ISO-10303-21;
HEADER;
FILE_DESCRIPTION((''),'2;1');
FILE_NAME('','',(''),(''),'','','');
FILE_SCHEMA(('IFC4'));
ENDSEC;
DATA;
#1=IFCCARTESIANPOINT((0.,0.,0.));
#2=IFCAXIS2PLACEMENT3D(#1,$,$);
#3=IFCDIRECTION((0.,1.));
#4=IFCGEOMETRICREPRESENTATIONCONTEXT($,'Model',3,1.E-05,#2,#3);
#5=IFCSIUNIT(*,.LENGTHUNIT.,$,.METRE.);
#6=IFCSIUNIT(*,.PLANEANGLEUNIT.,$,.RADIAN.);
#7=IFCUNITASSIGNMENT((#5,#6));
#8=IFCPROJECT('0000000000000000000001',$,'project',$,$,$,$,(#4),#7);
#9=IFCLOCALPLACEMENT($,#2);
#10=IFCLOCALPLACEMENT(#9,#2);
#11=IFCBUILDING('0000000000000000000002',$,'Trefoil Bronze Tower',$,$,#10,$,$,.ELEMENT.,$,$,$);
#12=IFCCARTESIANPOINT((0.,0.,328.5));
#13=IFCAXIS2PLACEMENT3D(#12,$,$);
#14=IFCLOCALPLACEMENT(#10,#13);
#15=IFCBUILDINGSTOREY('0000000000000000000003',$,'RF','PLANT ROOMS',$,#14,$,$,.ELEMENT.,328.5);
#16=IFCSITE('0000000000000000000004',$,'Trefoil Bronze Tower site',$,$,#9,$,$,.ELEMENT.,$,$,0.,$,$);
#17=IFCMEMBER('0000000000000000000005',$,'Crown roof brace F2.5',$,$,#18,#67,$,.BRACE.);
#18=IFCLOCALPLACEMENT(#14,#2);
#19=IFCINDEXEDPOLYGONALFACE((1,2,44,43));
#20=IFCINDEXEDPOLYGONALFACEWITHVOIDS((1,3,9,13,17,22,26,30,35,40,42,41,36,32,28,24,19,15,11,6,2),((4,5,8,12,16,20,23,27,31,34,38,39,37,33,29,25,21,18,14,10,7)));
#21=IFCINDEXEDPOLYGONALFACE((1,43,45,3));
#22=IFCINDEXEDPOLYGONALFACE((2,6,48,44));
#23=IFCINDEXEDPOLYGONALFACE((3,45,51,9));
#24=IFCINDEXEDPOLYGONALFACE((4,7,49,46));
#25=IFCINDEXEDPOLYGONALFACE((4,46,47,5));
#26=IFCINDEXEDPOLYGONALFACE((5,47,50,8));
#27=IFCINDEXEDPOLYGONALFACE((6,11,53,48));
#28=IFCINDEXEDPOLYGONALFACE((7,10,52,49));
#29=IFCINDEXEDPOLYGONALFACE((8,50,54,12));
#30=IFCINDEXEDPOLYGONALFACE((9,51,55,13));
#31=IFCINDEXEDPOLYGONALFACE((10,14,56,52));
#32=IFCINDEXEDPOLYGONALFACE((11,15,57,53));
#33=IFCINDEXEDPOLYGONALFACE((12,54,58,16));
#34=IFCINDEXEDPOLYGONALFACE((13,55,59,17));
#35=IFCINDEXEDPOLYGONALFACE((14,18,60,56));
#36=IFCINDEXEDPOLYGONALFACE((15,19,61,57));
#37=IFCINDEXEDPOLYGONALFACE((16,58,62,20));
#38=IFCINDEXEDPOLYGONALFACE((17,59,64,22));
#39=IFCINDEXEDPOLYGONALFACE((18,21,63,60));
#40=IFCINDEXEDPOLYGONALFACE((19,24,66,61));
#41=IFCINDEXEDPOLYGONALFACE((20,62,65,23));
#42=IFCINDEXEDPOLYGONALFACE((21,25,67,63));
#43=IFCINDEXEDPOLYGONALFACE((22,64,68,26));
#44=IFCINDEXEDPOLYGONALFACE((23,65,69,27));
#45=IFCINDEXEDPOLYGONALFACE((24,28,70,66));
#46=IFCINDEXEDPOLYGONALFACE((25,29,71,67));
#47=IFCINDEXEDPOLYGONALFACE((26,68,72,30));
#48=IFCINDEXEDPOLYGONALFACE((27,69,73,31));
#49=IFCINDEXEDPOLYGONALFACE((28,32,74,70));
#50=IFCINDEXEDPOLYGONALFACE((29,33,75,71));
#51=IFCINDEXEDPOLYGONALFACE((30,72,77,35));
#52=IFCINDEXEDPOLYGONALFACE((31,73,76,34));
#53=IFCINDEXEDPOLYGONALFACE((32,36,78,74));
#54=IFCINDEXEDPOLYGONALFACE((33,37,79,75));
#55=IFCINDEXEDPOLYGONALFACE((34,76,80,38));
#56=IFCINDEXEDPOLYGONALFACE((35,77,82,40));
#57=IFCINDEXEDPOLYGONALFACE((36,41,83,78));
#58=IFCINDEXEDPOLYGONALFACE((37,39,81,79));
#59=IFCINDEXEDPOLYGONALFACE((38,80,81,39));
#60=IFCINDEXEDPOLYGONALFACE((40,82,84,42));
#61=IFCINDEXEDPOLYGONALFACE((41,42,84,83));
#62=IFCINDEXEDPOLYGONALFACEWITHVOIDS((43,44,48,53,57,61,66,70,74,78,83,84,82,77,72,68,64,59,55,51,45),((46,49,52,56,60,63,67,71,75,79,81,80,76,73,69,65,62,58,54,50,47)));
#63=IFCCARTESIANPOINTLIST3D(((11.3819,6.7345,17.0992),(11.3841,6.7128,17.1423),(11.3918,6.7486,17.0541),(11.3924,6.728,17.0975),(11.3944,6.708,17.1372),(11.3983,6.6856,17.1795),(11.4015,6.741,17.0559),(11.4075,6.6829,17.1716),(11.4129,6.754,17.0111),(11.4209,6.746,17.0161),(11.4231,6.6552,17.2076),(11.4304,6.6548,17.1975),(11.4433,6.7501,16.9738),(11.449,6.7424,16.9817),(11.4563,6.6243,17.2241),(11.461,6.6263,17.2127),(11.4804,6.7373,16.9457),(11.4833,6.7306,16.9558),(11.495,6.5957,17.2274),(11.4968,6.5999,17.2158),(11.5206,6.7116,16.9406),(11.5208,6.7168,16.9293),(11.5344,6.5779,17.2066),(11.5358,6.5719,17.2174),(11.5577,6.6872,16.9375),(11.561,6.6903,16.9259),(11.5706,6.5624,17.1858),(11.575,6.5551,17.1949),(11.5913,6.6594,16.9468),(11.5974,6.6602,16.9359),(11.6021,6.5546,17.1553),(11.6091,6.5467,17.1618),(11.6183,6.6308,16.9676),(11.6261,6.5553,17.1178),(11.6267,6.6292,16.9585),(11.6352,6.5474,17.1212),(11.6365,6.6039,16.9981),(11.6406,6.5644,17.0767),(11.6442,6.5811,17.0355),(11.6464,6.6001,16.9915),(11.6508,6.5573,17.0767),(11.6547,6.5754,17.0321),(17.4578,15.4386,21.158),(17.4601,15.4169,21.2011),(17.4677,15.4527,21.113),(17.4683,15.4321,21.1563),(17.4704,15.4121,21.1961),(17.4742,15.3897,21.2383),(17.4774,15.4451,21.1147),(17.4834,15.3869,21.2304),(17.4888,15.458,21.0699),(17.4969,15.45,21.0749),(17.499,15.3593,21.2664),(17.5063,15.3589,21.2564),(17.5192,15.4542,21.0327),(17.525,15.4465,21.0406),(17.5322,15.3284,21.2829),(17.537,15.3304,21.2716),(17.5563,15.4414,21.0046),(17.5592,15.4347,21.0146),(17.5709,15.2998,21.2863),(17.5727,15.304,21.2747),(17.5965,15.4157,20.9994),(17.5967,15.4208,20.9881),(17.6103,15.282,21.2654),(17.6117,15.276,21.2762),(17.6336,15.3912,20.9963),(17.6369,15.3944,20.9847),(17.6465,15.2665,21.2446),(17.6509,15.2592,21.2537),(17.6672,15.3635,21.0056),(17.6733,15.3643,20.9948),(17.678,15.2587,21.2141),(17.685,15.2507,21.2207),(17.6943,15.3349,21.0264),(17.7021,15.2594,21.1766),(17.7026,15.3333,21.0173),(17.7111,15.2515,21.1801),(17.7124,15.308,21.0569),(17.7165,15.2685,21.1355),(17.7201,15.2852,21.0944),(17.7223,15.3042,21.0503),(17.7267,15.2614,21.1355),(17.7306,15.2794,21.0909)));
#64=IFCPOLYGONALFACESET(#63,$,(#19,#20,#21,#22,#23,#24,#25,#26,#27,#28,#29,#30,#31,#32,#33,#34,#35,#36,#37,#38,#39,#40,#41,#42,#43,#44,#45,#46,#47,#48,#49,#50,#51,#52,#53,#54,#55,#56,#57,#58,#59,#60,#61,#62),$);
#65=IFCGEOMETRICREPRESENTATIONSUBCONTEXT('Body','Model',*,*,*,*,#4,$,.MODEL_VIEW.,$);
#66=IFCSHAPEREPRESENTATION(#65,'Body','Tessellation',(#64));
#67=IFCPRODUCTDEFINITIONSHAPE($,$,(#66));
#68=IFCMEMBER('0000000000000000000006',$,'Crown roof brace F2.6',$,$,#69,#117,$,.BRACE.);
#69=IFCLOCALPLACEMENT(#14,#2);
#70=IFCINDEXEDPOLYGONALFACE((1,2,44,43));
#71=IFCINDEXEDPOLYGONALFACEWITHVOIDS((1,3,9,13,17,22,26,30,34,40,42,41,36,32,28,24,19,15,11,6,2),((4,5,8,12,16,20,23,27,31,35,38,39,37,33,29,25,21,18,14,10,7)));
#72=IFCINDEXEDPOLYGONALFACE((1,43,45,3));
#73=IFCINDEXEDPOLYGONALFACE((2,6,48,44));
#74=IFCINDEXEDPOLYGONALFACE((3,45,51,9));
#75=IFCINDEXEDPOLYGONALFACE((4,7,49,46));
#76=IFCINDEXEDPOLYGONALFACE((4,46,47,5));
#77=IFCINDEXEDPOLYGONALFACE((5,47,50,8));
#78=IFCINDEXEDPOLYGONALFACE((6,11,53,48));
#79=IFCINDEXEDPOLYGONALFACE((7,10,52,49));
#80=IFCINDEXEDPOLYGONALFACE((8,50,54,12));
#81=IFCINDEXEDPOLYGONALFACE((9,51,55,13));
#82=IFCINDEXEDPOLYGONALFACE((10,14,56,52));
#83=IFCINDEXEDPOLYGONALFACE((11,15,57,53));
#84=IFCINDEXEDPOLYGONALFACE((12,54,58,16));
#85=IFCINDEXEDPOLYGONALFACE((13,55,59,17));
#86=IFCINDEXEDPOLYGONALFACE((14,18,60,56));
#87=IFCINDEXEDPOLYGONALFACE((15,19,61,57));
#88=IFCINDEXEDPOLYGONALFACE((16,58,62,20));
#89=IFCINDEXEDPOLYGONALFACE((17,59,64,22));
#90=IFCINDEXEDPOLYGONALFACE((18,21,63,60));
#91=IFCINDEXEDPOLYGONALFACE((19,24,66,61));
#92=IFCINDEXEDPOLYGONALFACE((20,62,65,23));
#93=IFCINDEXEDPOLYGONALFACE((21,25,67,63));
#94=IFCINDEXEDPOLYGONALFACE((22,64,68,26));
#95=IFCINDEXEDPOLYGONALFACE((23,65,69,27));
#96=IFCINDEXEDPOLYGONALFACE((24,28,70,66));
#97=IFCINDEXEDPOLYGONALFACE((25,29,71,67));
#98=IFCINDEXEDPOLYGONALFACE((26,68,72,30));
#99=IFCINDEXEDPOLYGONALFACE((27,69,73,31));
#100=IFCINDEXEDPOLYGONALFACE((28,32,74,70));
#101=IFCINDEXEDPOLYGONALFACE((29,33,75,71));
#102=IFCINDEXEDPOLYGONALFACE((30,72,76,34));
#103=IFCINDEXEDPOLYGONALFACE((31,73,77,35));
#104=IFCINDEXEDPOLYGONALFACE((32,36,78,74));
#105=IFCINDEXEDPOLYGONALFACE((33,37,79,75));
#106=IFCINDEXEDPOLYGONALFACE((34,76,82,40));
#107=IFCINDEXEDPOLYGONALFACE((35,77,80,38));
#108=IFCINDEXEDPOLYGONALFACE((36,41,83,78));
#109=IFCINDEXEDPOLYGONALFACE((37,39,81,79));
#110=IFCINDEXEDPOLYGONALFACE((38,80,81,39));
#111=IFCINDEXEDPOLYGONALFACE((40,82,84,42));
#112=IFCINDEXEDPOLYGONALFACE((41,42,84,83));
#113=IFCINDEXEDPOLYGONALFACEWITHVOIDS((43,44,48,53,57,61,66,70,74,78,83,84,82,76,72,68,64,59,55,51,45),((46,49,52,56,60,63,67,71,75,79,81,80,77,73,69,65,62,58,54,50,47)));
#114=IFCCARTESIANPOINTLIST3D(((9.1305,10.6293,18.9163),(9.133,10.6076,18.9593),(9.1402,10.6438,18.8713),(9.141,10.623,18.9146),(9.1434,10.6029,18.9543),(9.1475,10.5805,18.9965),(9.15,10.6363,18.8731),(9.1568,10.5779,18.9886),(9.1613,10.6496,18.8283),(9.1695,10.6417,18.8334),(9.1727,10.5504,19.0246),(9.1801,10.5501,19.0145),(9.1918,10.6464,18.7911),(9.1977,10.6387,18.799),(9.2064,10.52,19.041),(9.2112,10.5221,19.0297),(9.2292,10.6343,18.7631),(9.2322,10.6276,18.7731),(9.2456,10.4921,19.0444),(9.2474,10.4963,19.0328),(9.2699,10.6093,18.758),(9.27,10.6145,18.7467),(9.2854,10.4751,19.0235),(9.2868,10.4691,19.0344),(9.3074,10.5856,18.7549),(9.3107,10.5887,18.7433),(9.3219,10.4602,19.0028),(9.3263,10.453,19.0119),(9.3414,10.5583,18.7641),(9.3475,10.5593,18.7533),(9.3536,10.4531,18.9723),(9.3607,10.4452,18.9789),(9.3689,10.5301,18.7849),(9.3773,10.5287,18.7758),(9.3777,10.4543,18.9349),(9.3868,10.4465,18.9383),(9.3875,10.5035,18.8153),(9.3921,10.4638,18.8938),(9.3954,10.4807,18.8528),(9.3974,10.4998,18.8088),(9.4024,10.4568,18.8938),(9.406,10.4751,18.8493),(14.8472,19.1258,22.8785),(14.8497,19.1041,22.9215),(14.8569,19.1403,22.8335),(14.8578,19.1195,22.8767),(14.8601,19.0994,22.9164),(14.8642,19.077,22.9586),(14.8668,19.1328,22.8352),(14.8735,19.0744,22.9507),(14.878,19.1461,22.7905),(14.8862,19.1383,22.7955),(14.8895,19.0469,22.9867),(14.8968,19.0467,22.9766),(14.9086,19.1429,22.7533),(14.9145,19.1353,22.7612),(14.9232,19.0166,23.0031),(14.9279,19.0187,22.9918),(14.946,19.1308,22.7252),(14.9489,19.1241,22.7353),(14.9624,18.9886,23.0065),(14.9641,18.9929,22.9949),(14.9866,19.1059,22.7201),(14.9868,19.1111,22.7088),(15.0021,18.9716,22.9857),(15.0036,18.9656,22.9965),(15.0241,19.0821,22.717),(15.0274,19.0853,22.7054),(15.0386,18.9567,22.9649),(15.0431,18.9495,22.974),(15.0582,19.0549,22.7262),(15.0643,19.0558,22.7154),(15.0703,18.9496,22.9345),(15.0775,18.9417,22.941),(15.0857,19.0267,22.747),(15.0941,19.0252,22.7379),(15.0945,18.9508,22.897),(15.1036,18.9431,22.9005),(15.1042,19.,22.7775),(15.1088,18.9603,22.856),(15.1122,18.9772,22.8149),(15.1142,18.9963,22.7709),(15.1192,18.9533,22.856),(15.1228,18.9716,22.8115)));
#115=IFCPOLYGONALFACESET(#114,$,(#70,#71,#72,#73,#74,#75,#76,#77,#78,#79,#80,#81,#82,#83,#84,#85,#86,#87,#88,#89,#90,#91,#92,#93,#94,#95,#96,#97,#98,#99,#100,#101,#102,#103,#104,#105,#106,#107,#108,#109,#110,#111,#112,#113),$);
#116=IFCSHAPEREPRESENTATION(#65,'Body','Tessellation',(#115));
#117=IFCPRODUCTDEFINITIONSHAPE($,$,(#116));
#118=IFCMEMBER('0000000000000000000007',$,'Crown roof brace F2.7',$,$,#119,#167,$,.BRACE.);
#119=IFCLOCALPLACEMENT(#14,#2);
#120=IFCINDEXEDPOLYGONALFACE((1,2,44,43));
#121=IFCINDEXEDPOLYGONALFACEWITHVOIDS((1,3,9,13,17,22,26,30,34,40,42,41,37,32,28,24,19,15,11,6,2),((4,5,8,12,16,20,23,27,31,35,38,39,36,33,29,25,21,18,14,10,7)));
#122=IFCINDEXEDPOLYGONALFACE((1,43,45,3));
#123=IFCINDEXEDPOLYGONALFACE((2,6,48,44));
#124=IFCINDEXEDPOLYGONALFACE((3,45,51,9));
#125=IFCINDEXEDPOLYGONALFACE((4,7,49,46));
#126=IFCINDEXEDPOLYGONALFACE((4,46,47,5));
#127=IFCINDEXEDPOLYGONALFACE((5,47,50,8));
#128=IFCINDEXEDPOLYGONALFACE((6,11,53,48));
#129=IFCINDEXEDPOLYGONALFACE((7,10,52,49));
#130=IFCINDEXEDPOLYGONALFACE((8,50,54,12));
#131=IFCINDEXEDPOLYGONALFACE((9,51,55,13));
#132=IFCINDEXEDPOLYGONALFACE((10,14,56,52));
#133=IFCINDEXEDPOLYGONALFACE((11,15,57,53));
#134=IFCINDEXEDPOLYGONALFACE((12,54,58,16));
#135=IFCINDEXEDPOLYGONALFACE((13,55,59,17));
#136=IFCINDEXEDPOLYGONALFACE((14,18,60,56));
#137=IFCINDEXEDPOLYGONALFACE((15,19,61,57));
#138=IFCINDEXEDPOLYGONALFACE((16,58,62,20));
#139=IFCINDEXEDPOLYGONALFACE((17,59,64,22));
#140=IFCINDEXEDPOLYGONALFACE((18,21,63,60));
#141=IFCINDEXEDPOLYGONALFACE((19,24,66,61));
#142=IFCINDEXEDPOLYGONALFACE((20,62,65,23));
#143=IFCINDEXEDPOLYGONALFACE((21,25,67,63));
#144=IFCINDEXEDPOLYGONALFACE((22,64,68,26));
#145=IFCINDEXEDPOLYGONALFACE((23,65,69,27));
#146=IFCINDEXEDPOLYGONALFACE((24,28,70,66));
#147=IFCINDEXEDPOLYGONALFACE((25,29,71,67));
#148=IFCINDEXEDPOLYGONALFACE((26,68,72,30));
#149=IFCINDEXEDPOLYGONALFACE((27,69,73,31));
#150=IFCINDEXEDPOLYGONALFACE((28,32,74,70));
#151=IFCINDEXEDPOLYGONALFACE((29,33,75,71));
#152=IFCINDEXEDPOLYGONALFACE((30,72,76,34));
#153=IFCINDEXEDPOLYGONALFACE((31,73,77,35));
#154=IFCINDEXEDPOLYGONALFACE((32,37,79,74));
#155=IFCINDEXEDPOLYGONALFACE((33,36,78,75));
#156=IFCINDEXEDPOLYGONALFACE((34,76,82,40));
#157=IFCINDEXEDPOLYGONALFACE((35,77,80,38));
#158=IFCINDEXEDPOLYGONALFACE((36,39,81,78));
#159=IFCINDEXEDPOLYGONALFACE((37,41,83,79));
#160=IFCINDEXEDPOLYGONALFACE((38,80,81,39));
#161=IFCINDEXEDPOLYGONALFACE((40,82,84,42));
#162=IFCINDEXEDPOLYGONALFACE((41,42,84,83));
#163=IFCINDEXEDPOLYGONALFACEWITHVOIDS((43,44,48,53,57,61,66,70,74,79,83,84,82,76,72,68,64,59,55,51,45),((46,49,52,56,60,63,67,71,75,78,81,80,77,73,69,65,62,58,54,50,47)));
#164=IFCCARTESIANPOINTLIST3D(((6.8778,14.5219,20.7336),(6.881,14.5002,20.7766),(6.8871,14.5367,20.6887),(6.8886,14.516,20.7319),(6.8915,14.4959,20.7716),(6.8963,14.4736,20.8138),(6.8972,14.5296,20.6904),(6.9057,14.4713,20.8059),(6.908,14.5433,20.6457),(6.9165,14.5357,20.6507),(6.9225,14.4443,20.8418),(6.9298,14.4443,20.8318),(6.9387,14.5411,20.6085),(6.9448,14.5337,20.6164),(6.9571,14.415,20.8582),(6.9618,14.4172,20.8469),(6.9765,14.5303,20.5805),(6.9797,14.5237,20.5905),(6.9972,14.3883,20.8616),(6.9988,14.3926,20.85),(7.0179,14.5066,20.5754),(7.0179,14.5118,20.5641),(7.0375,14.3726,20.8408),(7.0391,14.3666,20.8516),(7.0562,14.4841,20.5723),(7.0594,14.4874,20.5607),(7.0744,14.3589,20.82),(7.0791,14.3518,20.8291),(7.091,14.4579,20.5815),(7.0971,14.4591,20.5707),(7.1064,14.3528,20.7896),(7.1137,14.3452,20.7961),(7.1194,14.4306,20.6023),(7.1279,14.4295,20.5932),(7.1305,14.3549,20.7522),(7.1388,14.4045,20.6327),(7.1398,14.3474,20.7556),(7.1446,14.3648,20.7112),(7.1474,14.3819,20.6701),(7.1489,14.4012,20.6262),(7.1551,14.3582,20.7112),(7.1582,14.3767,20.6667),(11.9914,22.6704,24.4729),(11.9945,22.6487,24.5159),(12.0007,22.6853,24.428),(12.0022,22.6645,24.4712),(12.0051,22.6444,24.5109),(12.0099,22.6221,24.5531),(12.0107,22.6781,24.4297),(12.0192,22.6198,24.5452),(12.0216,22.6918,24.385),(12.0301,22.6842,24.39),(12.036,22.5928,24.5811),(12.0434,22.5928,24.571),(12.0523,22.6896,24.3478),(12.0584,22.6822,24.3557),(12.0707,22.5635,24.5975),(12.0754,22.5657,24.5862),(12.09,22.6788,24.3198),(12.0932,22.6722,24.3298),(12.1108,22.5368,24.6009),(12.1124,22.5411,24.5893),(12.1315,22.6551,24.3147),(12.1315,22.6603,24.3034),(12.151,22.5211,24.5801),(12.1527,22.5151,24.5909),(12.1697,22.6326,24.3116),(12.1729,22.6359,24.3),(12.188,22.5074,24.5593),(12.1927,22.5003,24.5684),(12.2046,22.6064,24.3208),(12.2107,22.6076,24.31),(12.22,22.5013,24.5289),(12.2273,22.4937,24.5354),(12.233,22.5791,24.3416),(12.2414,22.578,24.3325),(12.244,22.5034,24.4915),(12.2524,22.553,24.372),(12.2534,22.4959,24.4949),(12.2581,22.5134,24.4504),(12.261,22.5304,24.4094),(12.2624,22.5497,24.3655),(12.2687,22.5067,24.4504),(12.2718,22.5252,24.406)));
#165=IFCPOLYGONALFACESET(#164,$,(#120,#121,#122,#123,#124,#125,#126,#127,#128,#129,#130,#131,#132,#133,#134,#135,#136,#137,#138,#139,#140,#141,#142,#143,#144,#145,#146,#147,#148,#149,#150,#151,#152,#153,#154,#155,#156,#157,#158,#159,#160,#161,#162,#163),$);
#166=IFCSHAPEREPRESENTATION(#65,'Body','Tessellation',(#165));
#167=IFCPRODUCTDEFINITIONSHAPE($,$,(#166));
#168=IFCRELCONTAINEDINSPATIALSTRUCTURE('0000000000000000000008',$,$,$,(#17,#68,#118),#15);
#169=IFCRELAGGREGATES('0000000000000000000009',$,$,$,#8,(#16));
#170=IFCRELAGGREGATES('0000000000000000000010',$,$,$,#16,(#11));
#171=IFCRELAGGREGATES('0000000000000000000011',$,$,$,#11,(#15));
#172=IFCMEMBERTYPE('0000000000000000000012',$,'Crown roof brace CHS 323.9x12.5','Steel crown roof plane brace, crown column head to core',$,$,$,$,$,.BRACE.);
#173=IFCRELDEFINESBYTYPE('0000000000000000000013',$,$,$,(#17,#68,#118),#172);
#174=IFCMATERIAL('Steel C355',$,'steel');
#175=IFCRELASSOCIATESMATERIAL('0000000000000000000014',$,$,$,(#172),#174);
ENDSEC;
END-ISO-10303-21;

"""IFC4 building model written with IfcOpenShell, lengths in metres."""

from ifc_helpers import new_model, si_unit, direction, frame, origin, origin_2d, place, context, subcontext, project, spatial, hollow_circle, extrude, material, material_profile, profile_set, type_object, element, save


model = new_model("IFC4")

# Units and contexts
model_context = context("Model", 3, precision=1e-05, world=origin(), true_north=direction((0.0, 1.0)))
body_context = subcontext(model_context, "Body", "Model", "MODEL_VIEW")
ifc_project = project(units=[si_unit("LENGTHUNIT", "METRE"), si_unit("PLANEANGLEUNIT", "RADIAN")], contexts=[model_context])

# Site, building, storey
site_placement = place(None, origin())
site = spatial("IfcSite", under=ifc_project, at=site_placement, Name="Trefoil Bronze Tower site", CompositionType="ELEMENT", RefElevation=0.0)
building_placement = place(site_placement, origin())
building = spatial("IfcBuilding", under=site, at=building_placement, Name="Trefoil Bronze Tower", CompositionType="ELEMENT")
storey_placement = place(building_placement, frame((0.0, 0.0, 328.5)))
storey = spatial("IfcBuildingStorey", under=building, at=storey_placement, Name="RF", Description="PLANT ROOMS", CompositionType="ELEMENT", Elevation=328.5)

# Members
ifc_material_1 = material(Name="Steel C355", Category="steel")
ifc_material_profile_1 = material_profile(ifc_material_1, hollow_circle(Radius=0.1619, WallThickness=0.0125, at=origin_2d()), Name="CHS 323.9x12.5")
ifc_profile_set_1 = profile_set([ifc_material_profile_1], Name="Steel C355")
member_type = type_object("IfcMemberType", Name="Crown roof brace CHS 323.9x12.5", Description="Steel crown roof plane brace, crown column head to core", PredefinedType="BRACE", material=ifc_profile_set_1)
member_1_placement = place(storey_placement, frame((17.594, 15.354, 21.1355), z_axis=(-0.53464, -0.765901, -0.35715), x_axis=(0.819981, -0.572391, 0.0)))
element("IfcMember", 1, at=member_1_placement, inside=storey, type_object=member_type, Name="Crown roof brace F2.5", PredefinedType="BRACE", context=body_context, shape_type="SweptSolid", body=[
    extrude(hollow_circle(Radius=0.1619, WallThickness=0.0125, at=origin_2d()), origin(), (0.0, 0.0, 1.0), 11.3645),
])
member_2_placement = place(storey_placement, frame((14.9849, 19.0437, 22.856), z_axis=(-0.52063, -0.773785, -0.360834), x_axis=(0.829681, -0.558238, 0.0)))
element("IfcMember", 2, at=member_2_placement, inside=storey, type_object=member_type, Name="Crown roof brace F2.6", PredefinedType="BRACE", context=body_context, shape_type="SweptSolid", body=[
    extrude(hollow_circle(Radius=0.1619, WallThickness=0.0125, at=origin_2d()), origin(), (0.0, 0.0, 1.0), 10.9805),
])
member_3_placement = place(storey_placement, frame((12.1316, 22.5928, 24.4504), z_axis=(-0.495439, -0.789485, -0.362289), x_axis=(0.847027, -0.531549, 0.0)))
element("IfcMember", 3, at=member_3_placement, inside=storey, type_object=member_type, Name="Crown roof brace F2.7", PredefinedType="BRACE", context=body_context, shape_type="SweptSolid", body=[
    extrude(hollow_circle(Radius=0.1619, WallThickness=0.0125, at=origin_2d()), origin(), (0.0, 0.0, 1.0), 10.3213),
])

save(model, "model.ifc")
